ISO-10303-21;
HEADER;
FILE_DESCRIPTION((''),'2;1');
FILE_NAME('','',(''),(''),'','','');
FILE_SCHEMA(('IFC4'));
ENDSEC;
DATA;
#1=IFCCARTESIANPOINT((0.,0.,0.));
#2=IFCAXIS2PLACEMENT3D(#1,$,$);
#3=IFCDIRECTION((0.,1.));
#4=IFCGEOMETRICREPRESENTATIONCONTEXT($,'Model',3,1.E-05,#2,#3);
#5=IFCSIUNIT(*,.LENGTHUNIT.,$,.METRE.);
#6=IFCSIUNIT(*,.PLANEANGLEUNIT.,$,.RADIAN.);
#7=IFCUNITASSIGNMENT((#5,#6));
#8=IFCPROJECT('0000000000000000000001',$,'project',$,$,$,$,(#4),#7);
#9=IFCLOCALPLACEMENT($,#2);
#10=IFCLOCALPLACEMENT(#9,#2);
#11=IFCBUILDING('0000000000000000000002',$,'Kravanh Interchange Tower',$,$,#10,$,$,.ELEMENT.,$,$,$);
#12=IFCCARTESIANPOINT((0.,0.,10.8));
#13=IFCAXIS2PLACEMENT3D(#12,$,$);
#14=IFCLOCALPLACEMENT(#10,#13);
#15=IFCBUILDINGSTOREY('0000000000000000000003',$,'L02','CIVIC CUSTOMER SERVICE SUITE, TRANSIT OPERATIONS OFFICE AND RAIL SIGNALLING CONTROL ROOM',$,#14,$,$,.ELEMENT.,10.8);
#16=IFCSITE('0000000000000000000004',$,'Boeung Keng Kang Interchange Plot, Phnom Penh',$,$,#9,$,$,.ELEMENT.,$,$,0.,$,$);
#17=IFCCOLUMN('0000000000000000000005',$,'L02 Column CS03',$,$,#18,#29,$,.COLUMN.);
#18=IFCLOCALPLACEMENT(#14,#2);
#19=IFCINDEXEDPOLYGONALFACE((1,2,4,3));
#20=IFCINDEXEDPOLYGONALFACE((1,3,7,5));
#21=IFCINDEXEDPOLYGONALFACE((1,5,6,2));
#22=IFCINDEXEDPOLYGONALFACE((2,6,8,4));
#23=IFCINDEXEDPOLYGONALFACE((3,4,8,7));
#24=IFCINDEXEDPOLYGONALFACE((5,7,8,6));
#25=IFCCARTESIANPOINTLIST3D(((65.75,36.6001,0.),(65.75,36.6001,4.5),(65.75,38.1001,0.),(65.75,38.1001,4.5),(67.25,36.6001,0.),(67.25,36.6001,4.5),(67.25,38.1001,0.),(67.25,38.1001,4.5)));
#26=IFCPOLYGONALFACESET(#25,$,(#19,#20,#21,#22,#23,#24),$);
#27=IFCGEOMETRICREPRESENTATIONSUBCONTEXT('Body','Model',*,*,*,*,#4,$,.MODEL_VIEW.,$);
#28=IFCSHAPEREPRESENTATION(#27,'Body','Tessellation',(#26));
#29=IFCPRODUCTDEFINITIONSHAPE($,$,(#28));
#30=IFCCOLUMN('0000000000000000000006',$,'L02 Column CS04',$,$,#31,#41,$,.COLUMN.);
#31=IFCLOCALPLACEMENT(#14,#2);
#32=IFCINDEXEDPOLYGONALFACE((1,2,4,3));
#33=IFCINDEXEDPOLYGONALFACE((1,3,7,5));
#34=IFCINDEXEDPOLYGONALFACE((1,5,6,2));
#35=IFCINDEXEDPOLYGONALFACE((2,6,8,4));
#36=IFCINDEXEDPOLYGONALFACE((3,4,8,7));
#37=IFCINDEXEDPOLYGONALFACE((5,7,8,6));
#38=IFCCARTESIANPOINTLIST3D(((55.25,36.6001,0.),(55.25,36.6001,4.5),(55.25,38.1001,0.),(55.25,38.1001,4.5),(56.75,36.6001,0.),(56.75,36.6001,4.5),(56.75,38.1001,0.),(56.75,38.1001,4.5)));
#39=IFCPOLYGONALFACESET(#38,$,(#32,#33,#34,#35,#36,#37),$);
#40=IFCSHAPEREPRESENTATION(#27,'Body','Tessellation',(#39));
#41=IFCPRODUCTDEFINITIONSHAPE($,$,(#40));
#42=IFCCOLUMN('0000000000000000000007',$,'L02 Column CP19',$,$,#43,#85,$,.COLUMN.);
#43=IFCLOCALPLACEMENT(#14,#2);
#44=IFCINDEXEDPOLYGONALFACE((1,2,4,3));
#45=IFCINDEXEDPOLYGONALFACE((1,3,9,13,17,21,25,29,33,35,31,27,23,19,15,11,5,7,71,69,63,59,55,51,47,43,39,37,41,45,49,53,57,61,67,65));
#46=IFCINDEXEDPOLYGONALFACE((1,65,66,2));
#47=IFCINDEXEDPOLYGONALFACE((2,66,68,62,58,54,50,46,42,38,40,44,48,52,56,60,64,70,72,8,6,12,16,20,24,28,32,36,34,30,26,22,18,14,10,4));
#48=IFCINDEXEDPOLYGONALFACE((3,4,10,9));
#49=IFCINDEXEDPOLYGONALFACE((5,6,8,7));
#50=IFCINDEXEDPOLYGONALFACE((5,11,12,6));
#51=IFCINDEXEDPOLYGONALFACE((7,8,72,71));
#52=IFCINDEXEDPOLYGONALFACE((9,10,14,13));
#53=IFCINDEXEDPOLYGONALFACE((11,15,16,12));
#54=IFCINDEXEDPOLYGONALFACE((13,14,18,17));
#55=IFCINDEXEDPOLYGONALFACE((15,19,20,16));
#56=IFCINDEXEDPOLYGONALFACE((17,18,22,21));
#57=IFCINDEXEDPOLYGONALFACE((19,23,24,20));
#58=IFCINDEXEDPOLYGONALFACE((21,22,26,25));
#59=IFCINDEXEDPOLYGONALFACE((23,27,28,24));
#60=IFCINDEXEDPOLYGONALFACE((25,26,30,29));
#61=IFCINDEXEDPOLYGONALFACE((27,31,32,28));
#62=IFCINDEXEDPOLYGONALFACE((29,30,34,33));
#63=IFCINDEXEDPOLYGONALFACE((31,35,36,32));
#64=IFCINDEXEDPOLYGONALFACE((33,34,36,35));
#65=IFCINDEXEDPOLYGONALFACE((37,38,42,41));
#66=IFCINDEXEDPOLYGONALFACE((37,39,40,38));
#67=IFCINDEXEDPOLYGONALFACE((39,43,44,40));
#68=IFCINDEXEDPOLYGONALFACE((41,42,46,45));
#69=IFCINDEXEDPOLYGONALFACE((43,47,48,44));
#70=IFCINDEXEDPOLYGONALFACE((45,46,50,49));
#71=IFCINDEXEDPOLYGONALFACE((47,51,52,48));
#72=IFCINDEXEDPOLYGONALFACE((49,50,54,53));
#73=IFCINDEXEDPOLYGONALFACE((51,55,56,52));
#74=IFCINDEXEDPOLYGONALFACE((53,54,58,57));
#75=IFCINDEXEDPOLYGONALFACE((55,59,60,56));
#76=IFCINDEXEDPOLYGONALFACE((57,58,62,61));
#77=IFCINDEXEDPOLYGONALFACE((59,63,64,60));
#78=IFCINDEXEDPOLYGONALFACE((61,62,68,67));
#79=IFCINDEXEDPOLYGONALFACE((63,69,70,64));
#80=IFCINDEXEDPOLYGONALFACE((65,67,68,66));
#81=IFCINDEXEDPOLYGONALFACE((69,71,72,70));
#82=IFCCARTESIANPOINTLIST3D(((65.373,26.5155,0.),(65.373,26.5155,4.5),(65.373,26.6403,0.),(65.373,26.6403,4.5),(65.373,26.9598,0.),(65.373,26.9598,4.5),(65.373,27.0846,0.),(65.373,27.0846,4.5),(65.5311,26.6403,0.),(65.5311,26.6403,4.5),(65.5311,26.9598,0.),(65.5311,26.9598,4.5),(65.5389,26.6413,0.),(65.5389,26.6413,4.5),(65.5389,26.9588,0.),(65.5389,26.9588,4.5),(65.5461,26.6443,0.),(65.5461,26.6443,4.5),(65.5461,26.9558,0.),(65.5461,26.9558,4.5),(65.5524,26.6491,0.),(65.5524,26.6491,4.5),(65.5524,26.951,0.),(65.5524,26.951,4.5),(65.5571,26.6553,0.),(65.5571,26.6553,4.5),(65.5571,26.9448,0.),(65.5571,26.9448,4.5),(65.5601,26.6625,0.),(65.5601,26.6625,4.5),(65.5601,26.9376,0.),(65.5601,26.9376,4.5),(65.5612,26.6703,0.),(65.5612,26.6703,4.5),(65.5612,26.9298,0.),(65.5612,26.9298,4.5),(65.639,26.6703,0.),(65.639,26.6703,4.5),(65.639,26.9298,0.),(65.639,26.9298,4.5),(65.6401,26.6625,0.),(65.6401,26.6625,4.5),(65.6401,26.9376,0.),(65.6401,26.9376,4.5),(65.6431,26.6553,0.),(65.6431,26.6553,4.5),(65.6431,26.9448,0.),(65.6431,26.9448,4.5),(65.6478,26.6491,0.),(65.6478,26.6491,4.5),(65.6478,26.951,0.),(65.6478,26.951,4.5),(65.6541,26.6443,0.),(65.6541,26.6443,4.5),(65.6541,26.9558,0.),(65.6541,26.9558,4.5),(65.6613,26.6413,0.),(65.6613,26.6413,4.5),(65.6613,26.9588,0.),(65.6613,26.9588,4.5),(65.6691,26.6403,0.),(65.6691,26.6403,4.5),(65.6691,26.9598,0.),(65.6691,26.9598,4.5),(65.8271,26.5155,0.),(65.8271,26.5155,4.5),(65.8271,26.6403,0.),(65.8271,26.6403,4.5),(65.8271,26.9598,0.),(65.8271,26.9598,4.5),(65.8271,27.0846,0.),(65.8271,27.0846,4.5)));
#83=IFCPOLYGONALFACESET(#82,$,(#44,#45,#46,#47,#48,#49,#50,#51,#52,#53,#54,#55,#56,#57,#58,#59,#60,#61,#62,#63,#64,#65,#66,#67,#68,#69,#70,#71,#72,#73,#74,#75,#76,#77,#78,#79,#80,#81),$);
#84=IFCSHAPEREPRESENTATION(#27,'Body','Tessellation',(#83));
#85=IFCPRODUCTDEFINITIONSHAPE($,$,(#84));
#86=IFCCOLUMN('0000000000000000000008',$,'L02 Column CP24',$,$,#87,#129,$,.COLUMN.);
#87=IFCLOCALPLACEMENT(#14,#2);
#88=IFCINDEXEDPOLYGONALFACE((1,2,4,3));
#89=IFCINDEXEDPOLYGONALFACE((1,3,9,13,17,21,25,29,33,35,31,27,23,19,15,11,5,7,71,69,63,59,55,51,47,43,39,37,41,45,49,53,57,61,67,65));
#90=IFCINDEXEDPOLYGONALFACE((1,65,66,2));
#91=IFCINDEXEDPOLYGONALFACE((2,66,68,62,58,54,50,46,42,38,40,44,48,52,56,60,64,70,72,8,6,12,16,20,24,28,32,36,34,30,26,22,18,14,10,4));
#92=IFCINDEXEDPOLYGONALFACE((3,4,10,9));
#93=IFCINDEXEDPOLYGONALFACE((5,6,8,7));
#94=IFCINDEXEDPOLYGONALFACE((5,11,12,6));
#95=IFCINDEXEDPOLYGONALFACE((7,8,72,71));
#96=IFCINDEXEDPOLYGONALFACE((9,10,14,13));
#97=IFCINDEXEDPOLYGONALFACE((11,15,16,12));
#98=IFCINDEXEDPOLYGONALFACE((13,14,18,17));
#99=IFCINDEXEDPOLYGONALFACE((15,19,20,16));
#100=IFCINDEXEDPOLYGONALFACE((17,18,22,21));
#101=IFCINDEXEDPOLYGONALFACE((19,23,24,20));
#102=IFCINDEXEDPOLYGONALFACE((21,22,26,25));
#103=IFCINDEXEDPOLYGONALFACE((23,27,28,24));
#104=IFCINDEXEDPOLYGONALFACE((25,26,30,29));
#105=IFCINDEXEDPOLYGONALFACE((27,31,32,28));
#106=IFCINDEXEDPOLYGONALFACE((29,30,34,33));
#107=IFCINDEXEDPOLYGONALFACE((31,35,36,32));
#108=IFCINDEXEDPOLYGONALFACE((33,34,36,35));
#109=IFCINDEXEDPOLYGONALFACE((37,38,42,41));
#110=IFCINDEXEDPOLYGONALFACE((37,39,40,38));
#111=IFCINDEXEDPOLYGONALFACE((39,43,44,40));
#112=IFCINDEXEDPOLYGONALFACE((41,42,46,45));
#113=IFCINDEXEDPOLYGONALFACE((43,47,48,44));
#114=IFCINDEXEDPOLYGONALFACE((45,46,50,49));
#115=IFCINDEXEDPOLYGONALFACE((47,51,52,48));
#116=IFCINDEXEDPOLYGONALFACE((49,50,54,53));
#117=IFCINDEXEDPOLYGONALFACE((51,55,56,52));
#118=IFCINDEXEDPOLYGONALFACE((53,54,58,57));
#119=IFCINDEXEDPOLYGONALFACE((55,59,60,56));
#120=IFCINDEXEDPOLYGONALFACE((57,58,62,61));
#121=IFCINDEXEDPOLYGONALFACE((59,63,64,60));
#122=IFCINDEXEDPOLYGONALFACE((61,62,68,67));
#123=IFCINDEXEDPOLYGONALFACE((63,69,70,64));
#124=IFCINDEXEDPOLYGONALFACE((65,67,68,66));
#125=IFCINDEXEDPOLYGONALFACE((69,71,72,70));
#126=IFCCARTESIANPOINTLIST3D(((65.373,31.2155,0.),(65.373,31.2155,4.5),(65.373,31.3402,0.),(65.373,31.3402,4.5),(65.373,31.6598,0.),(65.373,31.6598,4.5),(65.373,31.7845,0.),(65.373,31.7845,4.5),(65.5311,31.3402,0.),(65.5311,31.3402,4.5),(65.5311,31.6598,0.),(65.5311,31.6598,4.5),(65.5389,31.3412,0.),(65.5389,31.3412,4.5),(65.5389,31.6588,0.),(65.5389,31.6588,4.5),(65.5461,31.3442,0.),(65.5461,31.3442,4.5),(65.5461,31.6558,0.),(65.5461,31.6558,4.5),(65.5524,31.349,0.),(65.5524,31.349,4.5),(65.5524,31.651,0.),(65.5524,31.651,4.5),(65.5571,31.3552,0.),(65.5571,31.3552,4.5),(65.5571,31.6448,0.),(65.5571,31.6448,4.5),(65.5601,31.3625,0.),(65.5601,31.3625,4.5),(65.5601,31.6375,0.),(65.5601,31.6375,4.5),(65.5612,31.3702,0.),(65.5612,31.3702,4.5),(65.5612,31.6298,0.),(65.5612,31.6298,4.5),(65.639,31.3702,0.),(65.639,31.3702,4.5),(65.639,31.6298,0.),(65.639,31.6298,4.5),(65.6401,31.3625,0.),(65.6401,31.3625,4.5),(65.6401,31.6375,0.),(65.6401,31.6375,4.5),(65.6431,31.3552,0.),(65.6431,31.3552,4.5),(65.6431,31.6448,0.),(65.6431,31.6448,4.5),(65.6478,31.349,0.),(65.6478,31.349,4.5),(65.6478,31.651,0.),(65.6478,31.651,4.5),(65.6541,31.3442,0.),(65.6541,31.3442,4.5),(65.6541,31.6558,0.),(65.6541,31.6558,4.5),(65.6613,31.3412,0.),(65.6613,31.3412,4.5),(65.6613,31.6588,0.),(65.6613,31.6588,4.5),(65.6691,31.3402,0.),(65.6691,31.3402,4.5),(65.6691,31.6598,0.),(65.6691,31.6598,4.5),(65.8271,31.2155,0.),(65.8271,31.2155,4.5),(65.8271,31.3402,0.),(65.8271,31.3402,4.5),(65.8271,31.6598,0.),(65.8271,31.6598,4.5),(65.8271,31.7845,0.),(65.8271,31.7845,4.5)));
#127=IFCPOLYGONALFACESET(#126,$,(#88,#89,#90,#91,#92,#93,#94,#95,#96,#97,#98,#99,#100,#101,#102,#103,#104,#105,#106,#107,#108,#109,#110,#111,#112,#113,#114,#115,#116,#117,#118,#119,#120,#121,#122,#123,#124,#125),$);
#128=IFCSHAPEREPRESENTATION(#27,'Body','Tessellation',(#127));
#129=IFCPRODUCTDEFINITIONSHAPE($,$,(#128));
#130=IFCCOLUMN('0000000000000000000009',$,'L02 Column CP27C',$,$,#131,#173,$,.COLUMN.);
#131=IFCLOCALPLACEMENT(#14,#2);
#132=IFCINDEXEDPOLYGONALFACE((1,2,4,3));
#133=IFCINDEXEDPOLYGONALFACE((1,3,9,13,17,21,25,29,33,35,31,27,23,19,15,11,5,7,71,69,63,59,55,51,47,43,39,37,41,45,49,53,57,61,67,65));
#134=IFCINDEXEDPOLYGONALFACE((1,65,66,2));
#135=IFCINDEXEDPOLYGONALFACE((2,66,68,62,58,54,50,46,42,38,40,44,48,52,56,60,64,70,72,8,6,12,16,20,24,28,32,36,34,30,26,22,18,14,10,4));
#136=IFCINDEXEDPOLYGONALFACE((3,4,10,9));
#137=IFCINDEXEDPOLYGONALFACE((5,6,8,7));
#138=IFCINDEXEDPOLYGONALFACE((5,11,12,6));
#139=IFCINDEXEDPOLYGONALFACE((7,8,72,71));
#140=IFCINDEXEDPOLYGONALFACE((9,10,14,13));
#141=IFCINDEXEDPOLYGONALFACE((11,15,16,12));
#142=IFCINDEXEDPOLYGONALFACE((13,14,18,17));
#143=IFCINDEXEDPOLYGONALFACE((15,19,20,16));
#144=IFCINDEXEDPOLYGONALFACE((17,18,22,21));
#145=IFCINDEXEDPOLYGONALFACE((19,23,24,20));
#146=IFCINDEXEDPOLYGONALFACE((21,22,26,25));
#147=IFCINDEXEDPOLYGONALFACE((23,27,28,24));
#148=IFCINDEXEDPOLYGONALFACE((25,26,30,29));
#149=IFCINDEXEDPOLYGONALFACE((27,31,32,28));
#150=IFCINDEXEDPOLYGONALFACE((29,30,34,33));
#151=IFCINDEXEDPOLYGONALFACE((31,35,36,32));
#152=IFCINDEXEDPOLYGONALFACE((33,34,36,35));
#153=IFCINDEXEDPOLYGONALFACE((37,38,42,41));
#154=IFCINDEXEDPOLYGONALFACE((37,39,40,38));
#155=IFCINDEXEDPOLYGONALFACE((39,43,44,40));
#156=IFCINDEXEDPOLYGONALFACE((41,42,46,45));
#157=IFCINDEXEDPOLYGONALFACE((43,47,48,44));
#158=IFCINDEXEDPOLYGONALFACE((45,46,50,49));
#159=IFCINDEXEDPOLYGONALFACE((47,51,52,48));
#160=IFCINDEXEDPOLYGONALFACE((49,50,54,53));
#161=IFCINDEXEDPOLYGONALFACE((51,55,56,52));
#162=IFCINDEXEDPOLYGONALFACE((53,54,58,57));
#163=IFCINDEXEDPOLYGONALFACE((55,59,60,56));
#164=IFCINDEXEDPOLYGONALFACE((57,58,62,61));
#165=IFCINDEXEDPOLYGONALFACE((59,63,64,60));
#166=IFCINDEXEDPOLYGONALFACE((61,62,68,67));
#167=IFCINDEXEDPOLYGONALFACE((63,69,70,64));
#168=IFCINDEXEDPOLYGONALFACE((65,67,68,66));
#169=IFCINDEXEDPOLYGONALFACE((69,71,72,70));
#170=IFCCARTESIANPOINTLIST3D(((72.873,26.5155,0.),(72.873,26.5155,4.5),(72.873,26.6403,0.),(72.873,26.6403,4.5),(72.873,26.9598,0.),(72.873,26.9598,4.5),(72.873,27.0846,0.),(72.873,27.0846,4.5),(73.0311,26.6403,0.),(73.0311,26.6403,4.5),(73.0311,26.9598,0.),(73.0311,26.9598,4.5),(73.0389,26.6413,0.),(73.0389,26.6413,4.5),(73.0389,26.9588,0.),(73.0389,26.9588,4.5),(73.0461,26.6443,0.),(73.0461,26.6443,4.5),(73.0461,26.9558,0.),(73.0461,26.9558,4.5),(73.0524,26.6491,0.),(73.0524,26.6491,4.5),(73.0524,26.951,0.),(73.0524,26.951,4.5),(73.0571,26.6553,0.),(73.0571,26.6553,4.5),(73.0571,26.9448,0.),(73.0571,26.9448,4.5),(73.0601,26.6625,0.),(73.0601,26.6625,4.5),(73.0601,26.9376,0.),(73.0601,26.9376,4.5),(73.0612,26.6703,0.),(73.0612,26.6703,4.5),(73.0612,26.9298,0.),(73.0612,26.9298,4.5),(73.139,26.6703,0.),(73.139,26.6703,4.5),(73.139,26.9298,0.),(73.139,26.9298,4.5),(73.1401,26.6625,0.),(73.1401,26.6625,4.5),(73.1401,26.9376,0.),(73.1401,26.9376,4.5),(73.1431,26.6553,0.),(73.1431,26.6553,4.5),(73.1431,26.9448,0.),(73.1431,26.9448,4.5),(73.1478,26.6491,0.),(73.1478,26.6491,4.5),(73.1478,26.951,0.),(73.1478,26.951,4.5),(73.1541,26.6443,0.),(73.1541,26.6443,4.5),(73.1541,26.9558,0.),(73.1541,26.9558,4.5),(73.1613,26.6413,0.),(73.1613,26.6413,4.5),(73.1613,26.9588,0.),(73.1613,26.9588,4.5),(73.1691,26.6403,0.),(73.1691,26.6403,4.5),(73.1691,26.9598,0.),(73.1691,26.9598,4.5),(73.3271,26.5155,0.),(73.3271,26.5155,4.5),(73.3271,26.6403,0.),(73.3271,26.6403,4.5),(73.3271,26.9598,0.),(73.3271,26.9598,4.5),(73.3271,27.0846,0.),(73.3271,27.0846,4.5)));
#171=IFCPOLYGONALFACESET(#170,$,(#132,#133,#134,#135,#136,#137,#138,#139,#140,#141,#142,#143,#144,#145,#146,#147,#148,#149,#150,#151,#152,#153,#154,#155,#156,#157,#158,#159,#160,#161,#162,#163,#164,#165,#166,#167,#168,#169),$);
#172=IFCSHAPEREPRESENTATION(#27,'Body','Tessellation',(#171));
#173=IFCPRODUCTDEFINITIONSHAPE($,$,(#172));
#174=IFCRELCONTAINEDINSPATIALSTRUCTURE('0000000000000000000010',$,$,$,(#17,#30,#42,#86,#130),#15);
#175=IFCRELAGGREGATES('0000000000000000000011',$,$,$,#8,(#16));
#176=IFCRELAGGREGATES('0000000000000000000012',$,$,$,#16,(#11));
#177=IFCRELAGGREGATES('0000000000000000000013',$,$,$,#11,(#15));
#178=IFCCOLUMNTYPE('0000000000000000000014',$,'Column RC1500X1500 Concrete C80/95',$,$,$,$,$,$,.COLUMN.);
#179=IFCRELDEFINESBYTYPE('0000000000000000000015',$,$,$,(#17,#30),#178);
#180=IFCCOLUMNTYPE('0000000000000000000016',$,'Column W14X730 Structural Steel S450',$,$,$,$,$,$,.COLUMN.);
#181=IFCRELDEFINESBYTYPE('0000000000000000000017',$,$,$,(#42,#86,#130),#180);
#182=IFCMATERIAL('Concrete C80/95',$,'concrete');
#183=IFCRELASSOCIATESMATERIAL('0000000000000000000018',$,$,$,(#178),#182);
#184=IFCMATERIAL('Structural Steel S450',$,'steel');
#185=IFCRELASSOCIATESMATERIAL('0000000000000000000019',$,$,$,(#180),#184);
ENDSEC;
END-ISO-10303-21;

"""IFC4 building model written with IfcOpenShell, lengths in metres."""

from ifc_helpers import new_model, si_unit, direction, frame, origin, origin_2d, place, context, subcontext, project, spatial, rectangle, i_section, extrude, material, material_profile, profile_set, type_object, element, save


model = new_model("IFC4")

# Units and contexts
model_context = context("Model", 3, precision=1e-05, world=origin(), true_north=direction((0.0, 1.0)))
body_context = subcontext(model_context, "Body", "Model", "MODEL_VIEW")
ifc_project = project(units=[si_unit("LENGTHUNIT", "METRE"), si_unit("PLANEANGLEUNIT", "RADIAN")], contexts=[model_context])

# Site, building, storey
site_placement = place(None, origin())
site = spatial("IfcSite", under=ifc_project, at=site_placement, Name="Boeung Keng Kang Interchange Plot, Phnom Penh", CompositionType="ELEMENT", RefElevation=0.0)
building_placement = place(site_placement, origin())
building = spatial("IfcBuilding", under=site, at=building_placement, Name="Kravanh Interchange Tower", CompositionType="ELEMENT")
storey_placement = place(building_placement, frame((0.0, 0.0, 10.8)))
storey = spatial("IfcBuildingStorey", under=building, at=storey_placement, Name="L02", Description="CIVIC CUSTOMER SERVICE SUITE, TRANSIT OPERATIONS OFFICE AND RAIL SIGNALLING CONTROL ROOM", CompositionType="ELEMENT", Elevation=10.8)

# Columns
ifc_material_1 = material(Name="Concrete C80/95", Category="concrete")
ifc_material_profile_1 = material_profile(ifc_material_1, rectangle(XDim=1.5, YDim=1.5, at=origin_2d()), Name="RC1500X1500")
ifc_profile_set_1 = profile_set([ifc_material_profile_1], Name="Concrete C80/95")
column_type_1 = type_object("IfcColumnType", Name="Column RC1500X1500 Concrete C80/95", PredefinedType="COLUMN", material=ifc_profile_set_1)
for number, where, z_axis, x_axis, name in (
    (1, (66.5, 37.3501, 0.0), (0.0, 0.0, 1.0), (1.0, 0.0, 0.0), "L02 Column CS03"),
    (2, (56.0, 37.3501, 0.0), (0.0, 0.0, 1.0), (1.0, 0.0, 0.0), "L02 Column CS04"),
):
    element("IfcColumn", number, at=place(storey_placement, frame(where, z_axis=z_axis, x_axis=x_axis)), inside=storey, type_object=column_type_1, Name=name, PredefinedType="COLUMN", context=body_context, shape_type="SweptSolid", body=[
        extrude(rectangle(XDim=1.5, YDim=1.5, at=origin_2d()), origin(), (0.0, 0.0, 1.0), 4.5),
    ])
ifc_material_2 = material(Name="Structural Steel S450", Category="steel")
ifc_material_profile_2 = material_profile(ifc_material_2, i_section(OverallWidth=0.4541, OverallDepth=0.5691, WebThickness=0.0779, FlangeThickness=0.1248, FilletRadius=0.03, at=origin_2d()), Name="W14X730")
ifc_profile_set_2 = profile_set([ifc_material_profile_2], Name="Structural Steel S450")
column_type_2 = type_object("IfcColumnType", Name="Column W14X730 Structural Steel S450", PredefinedType="COLUMN", material=ifc_profile_set_2)
for number, where, z_axis, x_axis, name in (
    (3, (65.6001, 26.8, 0.0), (0.0, 0.0, 1.0), (1.0, 0.0, 0.0), "L02 Column CP19"),
    (4, (65.6001, 31.5, 0.0), (0.0, 0.0, 1.0), (1.0, 0.0, 0.0), "L02 Column CP24"),
    (5, (73.1001, 26.8, 0.0), (0.0, 0.0, 1.0), (1.0, 0.0, 0.0), "L02 Column CP27C"),
):
    element("IfcColumn", number, at=place(storey_placement, frame(where, z_axis=z_axis, x_axis=x_axis)), inside=storey, type_object=column_type_2, Name=name, PredefinedType="COLUMN", context=body_context, shape_type="SweptSolid", body=[
        extrude(i_section(OverallWidth=0.4541, OverallDepth=0.5691, WebThickness=0.0779, FlangeThickness=0.1248, FilletRadius=0.03, at=origin_2d()), origin(), (0.0, 0.0, 1.0), 4.5),
    ])

save(model, "model.ifc")
